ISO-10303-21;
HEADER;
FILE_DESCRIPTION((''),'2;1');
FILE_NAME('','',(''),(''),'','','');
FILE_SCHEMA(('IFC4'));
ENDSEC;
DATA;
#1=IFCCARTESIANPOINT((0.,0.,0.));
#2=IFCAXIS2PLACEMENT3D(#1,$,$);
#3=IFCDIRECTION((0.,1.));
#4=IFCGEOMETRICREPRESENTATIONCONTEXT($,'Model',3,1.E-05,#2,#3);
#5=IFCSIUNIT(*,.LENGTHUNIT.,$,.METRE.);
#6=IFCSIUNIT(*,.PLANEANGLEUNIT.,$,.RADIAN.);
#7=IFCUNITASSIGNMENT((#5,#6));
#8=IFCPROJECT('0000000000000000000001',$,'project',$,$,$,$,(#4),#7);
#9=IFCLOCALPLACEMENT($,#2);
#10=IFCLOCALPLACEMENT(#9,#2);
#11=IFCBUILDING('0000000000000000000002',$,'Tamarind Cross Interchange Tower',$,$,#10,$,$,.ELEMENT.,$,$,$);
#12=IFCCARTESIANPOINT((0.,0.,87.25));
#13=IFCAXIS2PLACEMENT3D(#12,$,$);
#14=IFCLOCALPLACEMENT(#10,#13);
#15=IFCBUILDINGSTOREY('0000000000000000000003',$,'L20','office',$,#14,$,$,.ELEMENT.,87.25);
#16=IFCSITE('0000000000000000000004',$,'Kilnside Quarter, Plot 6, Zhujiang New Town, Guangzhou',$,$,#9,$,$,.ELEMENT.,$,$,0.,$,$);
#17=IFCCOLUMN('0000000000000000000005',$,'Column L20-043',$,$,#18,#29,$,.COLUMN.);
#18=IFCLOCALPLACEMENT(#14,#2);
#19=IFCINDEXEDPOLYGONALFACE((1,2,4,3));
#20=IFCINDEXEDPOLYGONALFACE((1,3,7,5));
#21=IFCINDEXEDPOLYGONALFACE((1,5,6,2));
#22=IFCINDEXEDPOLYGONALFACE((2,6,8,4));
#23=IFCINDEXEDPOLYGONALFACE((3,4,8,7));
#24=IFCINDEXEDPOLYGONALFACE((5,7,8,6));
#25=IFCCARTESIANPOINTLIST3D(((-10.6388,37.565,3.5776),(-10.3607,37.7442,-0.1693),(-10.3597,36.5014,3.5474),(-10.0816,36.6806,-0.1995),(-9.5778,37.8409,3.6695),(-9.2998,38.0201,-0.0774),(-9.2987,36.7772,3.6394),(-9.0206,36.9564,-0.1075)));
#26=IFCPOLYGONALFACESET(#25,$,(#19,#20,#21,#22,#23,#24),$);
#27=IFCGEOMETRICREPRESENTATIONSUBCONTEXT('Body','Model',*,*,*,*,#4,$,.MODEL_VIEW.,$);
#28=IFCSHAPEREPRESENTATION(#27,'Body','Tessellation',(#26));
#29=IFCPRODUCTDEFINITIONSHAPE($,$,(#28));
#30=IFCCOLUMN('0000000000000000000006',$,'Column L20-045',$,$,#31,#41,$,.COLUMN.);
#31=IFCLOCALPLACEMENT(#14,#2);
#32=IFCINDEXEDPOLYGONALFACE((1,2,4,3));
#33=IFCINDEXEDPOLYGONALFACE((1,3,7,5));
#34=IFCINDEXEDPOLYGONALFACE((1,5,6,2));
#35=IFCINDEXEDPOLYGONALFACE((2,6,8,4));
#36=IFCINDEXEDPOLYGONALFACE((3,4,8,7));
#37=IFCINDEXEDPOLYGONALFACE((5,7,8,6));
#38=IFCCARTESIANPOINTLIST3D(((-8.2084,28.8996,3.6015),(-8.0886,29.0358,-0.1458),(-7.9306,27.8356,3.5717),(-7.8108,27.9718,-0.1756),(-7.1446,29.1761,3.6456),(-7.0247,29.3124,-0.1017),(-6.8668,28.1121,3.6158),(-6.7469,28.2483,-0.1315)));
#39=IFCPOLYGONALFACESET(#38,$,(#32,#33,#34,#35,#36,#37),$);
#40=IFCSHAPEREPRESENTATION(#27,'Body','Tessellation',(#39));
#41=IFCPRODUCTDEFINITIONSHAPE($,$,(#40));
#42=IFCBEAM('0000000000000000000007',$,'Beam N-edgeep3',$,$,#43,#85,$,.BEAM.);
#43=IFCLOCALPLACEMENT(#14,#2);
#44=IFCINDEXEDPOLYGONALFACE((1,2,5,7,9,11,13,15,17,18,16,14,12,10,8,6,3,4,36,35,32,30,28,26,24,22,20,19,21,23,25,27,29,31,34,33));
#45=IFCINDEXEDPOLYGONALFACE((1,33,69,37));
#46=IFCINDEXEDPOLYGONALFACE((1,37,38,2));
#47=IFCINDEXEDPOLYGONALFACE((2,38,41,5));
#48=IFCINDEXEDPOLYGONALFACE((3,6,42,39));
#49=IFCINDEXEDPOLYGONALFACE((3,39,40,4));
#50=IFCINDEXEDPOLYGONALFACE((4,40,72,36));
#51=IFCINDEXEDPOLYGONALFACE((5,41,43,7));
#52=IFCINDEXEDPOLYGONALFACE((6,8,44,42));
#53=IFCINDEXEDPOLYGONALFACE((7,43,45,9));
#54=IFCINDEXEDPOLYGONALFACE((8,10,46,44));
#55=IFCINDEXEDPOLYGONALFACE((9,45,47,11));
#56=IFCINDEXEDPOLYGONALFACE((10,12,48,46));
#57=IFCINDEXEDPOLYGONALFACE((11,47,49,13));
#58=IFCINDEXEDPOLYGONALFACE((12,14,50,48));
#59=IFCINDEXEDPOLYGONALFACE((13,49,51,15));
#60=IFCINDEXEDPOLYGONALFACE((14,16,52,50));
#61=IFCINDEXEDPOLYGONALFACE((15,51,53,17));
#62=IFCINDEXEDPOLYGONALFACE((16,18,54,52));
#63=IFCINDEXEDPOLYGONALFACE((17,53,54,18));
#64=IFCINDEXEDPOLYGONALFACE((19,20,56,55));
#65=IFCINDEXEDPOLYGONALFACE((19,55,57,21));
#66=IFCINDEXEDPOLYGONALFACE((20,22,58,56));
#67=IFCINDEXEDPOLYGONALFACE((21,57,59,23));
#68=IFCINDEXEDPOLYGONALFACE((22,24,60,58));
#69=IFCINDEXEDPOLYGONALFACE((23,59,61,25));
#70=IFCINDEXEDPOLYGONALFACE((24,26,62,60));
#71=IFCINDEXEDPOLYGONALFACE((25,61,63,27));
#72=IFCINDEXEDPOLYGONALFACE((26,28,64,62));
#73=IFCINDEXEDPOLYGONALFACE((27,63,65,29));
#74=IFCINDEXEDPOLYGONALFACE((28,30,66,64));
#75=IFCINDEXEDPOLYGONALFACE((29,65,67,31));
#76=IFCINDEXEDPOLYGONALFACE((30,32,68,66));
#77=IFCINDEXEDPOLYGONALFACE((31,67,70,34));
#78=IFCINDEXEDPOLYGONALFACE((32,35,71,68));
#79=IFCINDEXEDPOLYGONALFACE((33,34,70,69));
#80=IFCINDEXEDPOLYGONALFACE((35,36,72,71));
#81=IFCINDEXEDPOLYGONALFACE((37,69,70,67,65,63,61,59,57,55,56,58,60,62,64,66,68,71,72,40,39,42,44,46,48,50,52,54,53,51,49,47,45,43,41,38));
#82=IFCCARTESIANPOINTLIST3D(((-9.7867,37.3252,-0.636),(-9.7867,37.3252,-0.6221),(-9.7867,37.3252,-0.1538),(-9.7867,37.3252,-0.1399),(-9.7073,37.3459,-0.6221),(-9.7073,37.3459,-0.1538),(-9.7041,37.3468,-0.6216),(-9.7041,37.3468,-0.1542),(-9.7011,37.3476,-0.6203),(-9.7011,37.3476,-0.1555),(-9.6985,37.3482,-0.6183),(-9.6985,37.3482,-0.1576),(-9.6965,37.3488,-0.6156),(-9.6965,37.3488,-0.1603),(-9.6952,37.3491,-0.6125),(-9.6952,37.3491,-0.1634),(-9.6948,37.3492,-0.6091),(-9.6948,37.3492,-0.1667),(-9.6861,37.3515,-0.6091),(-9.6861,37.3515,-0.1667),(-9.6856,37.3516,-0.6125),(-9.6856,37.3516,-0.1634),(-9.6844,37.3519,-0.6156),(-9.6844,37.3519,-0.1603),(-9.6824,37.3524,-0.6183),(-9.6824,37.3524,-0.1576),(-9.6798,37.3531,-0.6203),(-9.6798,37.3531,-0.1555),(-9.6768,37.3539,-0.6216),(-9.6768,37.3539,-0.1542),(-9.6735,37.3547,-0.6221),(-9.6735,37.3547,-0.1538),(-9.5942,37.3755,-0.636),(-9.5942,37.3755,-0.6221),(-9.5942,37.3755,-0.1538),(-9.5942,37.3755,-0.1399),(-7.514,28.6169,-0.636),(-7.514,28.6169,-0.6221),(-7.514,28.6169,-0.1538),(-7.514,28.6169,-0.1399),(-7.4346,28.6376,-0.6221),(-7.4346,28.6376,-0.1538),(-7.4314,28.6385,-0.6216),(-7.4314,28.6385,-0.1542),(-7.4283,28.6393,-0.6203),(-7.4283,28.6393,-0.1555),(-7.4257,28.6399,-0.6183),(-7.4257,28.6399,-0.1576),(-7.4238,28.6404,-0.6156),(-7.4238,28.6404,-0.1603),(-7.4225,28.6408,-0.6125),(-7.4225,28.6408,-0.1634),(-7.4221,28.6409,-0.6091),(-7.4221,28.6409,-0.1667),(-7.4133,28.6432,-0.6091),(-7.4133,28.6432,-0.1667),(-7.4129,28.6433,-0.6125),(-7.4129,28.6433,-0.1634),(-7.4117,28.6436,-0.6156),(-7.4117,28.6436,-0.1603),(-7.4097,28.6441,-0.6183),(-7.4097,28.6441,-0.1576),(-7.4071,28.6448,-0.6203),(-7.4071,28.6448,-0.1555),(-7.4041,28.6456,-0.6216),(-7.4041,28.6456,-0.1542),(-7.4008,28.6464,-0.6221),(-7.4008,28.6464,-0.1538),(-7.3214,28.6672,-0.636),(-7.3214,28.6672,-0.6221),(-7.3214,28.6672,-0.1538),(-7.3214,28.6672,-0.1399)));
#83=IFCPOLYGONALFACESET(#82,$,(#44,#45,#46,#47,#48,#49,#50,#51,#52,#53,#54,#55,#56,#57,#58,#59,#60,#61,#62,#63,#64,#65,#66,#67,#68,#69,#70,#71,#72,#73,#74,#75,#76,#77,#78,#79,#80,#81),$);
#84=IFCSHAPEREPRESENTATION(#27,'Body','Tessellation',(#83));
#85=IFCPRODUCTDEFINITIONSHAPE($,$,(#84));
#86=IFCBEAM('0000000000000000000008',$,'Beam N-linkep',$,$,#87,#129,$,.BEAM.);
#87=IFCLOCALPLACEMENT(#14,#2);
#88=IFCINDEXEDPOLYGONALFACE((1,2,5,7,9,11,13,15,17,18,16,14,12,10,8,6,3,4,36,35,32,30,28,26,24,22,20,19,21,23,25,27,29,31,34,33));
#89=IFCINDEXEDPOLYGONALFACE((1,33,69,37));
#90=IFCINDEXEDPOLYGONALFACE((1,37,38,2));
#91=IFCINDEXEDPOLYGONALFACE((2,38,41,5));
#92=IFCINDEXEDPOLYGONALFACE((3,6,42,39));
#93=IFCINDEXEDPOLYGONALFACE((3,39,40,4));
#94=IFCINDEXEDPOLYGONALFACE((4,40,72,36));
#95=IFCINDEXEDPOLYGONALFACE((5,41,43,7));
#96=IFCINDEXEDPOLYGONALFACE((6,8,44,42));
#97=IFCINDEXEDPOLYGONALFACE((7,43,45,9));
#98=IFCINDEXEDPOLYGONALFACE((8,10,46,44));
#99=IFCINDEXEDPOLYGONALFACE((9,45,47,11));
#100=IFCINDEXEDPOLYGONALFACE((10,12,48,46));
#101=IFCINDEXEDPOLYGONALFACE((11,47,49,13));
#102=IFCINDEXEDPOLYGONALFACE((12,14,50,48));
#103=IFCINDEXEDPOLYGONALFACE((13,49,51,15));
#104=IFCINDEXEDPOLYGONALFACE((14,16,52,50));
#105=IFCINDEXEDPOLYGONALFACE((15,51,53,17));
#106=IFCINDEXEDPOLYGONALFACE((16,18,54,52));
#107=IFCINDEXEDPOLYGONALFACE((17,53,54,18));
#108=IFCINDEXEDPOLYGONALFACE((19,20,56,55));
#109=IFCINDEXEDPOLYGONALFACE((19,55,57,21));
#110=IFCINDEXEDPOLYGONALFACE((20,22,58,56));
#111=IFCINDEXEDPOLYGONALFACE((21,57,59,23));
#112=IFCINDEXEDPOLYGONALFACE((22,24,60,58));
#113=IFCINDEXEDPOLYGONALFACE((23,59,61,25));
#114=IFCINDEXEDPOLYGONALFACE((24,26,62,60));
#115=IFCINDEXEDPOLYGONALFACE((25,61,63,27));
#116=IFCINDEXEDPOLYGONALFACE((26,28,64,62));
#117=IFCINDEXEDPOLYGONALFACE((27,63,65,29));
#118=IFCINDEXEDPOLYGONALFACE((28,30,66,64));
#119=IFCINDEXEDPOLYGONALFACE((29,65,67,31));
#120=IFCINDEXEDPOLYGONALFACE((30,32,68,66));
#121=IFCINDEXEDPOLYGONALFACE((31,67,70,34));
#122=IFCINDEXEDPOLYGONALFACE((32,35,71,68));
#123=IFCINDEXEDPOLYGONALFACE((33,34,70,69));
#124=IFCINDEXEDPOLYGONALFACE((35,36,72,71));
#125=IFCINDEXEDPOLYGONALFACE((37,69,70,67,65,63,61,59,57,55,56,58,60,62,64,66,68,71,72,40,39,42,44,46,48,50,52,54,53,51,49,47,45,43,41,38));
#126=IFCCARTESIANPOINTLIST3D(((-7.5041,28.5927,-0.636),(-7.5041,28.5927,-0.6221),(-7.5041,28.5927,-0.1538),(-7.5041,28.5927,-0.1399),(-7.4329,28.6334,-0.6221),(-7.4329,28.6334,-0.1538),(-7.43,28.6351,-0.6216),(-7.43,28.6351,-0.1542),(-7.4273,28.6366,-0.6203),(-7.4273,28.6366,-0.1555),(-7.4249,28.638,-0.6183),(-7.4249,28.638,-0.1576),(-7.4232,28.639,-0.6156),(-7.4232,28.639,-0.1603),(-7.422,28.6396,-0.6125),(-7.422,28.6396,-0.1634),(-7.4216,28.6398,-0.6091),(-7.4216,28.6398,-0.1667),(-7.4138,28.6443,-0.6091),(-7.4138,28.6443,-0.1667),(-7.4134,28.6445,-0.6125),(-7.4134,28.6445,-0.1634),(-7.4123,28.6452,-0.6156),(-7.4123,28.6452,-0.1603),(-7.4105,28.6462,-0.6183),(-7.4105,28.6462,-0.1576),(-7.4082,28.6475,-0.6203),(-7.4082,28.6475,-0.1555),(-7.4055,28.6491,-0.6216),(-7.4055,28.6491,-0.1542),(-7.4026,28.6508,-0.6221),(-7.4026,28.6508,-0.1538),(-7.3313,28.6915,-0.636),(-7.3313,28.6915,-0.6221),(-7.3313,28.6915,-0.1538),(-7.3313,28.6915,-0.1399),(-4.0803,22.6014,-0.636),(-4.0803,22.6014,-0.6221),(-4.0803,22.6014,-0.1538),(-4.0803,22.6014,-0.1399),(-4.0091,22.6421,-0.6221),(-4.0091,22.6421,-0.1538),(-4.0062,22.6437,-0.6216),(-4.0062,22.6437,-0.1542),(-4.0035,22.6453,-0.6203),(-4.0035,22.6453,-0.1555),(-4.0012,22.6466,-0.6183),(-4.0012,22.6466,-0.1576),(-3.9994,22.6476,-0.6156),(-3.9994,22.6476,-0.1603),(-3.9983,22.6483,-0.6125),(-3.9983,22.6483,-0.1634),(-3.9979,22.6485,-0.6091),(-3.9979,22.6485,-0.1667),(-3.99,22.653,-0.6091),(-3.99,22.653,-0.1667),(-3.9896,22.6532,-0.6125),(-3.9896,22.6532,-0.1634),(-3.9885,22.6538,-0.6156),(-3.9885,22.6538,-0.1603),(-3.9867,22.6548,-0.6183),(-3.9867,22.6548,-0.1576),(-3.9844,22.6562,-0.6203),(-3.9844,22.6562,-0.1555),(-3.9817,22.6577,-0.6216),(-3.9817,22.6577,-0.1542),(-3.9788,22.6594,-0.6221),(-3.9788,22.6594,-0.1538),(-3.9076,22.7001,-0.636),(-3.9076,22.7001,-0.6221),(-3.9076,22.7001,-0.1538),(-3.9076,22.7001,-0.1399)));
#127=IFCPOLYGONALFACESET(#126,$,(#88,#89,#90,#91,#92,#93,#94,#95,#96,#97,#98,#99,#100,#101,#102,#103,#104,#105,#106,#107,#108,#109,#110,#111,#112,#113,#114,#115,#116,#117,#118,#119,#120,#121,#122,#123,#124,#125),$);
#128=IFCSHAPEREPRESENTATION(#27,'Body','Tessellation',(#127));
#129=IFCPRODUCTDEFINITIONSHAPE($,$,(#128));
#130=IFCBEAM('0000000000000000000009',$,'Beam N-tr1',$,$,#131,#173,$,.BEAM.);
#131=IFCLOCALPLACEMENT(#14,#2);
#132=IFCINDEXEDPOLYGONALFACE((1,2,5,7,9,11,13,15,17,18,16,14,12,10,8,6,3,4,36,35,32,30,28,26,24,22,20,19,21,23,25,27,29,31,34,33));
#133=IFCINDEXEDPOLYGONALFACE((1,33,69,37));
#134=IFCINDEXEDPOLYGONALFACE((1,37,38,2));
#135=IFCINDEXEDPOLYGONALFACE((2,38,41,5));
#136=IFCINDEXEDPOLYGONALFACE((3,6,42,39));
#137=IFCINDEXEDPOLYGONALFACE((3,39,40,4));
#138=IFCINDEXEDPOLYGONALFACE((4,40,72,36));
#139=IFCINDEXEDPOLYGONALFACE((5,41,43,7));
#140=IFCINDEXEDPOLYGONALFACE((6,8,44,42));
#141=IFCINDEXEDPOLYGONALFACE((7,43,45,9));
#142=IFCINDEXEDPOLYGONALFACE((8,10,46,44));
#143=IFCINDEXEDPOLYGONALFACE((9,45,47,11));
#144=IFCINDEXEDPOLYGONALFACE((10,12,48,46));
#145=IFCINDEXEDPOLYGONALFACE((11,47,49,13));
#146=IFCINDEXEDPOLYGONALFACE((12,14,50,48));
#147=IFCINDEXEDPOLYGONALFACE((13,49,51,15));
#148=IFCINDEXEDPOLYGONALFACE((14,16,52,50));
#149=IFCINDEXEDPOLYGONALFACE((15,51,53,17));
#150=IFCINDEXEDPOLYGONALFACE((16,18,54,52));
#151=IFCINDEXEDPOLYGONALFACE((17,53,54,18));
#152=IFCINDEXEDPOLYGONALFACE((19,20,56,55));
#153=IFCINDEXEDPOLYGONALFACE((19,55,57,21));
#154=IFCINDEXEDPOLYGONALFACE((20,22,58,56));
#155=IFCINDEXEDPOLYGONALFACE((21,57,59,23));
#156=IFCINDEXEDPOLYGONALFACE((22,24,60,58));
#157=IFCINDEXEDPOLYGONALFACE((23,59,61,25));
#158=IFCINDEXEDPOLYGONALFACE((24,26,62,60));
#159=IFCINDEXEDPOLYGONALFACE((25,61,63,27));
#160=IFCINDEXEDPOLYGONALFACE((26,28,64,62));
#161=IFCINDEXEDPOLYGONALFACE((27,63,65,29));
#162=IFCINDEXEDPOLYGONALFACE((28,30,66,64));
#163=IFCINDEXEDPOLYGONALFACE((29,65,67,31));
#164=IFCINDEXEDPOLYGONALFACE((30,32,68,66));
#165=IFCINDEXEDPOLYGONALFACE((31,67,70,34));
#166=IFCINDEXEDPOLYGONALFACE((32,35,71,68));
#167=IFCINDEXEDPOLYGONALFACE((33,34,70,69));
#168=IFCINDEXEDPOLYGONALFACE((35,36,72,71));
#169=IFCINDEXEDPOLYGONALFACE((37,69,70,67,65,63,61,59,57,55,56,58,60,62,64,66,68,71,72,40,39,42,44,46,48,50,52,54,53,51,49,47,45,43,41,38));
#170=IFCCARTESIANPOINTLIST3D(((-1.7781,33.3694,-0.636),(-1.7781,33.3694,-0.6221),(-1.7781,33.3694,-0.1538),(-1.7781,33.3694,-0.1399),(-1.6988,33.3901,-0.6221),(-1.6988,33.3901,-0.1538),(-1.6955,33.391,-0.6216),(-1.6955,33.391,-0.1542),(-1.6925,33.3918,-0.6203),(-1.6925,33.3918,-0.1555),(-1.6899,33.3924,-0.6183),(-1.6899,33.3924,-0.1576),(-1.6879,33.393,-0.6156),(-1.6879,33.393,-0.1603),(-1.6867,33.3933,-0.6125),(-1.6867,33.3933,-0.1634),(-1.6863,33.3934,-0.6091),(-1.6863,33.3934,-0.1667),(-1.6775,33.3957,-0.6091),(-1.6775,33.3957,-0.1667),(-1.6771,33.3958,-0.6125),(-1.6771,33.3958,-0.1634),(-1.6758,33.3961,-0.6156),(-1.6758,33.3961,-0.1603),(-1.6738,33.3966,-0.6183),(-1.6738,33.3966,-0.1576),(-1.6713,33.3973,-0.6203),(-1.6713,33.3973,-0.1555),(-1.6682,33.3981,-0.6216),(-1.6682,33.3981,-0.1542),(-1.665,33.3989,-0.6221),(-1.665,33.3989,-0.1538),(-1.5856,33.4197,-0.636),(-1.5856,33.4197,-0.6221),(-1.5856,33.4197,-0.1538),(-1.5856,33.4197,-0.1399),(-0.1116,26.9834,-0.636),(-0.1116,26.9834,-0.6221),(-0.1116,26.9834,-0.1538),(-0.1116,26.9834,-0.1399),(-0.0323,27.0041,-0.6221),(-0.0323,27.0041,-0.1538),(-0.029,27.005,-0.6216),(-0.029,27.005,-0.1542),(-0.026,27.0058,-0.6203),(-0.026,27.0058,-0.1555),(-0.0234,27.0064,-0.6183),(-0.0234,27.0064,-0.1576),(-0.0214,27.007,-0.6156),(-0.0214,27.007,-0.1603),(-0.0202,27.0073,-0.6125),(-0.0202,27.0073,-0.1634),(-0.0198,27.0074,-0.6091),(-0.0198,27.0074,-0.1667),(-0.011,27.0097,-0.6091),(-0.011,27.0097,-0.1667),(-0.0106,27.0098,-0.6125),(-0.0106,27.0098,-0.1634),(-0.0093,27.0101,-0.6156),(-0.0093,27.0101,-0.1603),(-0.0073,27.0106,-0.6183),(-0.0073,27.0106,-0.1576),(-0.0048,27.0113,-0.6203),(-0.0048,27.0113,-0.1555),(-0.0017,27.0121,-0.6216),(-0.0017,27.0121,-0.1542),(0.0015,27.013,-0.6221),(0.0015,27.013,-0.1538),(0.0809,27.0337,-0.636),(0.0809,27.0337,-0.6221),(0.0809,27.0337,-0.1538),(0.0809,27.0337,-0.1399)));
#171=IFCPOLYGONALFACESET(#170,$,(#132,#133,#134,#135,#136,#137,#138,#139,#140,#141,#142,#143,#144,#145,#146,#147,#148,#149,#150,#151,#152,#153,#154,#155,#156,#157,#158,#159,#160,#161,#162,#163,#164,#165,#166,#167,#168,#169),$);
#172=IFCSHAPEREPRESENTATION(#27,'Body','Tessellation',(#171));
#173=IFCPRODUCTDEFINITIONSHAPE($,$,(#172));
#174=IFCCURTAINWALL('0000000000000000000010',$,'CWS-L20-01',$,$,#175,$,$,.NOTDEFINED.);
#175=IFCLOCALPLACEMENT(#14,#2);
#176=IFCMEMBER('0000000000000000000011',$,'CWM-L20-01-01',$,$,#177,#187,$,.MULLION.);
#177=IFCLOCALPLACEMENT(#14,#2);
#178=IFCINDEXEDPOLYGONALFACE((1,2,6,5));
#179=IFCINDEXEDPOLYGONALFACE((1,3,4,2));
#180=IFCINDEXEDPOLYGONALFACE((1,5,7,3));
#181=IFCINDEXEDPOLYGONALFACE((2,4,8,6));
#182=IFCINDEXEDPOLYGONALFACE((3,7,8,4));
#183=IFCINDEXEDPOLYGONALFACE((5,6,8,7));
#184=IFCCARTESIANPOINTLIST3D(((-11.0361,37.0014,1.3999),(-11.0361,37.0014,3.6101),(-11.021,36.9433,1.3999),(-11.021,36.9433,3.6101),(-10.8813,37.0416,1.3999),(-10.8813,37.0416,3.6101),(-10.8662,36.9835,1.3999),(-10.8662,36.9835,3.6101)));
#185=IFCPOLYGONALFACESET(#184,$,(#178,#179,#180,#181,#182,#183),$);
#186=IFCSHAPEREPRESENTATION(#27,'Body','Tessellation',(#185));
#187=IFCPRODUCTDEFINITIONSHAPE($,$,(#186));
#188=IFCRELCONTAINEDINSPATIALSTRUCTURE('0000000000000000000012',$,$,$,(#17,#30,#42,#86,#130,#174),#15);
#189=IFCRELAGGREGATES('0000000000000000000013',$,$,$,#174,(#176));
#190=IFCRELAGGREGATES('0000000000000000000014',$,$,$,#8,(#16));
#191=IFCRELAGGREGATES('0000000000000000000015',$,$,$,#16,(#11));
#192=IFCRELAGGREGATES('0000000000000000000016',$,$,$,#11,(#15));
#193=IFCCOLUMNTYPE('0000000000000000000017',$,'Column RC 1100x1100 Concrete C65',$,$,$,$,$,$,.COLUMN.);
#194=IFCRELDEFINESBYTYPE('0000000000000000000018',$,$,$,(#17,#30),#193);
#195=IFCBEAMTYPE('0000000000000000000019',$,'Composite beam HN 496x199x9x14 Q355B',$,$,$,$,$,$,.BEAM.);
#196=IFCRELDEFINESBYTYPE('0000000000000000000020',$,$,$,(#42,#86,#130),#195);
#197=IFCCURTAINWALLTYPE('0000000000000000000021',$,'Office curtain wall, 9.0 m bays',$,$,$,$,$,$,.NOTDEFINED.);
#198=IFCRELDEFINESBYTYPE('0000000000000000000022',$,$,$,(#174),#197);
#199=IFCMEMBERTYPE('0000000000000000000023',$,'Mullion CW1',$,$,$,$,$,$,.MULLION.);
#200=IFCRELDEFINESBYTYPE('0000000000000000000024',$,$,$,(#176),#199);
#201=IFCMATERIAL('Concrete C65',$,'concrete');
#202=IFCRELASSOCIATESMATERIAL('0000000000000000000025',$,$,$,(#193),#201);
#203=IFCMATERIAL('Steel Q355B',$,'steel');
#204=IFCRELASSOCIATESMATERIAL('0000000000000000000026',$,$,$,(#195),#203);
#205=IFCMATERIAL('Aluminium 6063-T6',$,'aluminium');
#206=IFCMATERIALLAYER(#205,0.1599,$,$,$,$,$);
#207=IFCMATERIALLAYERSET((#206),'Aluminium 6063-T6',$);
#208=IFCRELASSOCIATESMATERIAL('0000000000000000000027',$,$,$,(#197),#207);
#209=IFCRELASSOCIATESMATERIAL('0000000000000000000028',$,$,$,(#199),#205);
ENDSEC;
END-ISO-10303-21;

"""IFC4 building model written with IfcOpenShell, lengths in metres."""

from ifc_helpers import new_model, si_unit, direction, frame, origin, origin_2d, place, context, subcontext, project, spatial, rectangle, i_section, extrude, material, layer, layer_set, material_profile, profile_set, type_object, element, aggregate, save


model = new_model("IFC4")

# Units and contexts
model_context = context("Model", 3, precision=1e-05, world=origin(), true_north=direction((0.0, 1.0)))
body_context = subcontext(model_context, "Body", "Model", "MODEL_VIEW")
ifc_project = project(units=[si_unit("LENGTHUNIT", "METRE"), si_unit("PLANEANGLEUNIT", "RADIAN")], contexts=[model_context])

# Site, building, storey
site_placement = place(None, origin())
site = spatial("IfcSite", under=ifc_project, at=site_placement, Name="Kilnside Quarter, Plot 6, Zhujiang New Town, Guangzhou", CompositionType="ELEMENT", RefElevation=0.0)
building_placement = place(site_placement, origin())
building = spatial("IfcBuilding", under=site, at=building_placement, Name="Tamarind Cross Interchange Tower", CompositionType="ELEMENT")
storey_placement = place(building_placement, frame((0.0, 0.0, 87.25)))
storey = spatial("IfcBuildingStorey", under=building, at=storey_placement, Name="L20", Description="office", CompositionType="ELEMENT", Elevation=87.25)

# Columns
ifc_material_1 = material(Name="Concrete C65", Category="concrete")
ifc_material_profile_1 = material_profile(ifc_material_1, rectangle(XDim=1.1001, YDim=1.1001, at=origin_2d()), Name="RC 1100x1100")
ifc_profile_set_1 = profile_set([ifc_material_profile_1], Name="Concrete C65")
column_type = type_object("IfcColumnType", Name="Column RC 1100x1100 Concrete C65", PredefinedType="COLUMN", material=ifc_profile_set_1)
column_1_placement = place(storey_placement, frame((-9.6907, 37.3503, -0.1384), z_axis=(-0.073929, -0.047642, 0.996125), x_axis=(0.964438, 0.250748, 0.08357)))
element("IfcColumn", 1, at=column_1_placement, inside=storey, type_object=column_type, Name="Column L20-043", PredefinedType="COLUMN", context=body_context, shape_type="SweptSolid", body=[
    extrude(rectangle(XDim=1.1001, YDim=1.1001, at=origin_2d()), origin(), (0.0, 0.0, 1.0), 3.7615),
])
column_2_placement = place(storey_placement, frame((-7.4177, 28.6421, -0.1387), z_axis=(-0.031952, -0.036312, 0.99883), x_axis=(0.967061, 0.25137, 0.040074)))
element("IfcColumn", 2, at=column_2_placement, inside=storey, type_object=column_type, Name="Column L20-045", PredefinedType="COLUMN", context=body_context, shape_type="SweptSolid", body=[
    extrude(rectangle(XDim=1.1001, YDim=1.1001, at=origin_2d()), origin(), (0.0, 0.0, 1.0), 3.7517),
])

# Beams
ifc_material_2 = material(Name="Steel Q355B", Category="steel")
ifc_material_profile_2 = material_profile(ifc_material_2, i_section(OverallWidth=0.199, OverallDepth=0.4961, WebThickness=0.009, FlangeThickness=0.0139, FilletRadius=0.0129, at=origin_2d()), Name="HN 496x199x9x14")
ifc_profile_set_2 = profile_set([ifc_material_profile_2], Name="Steel Q355B")
beam_type = type_object("IfcBeamType", Name="Composite beam HN 496x199x9x14 Q355B", PredefinedType="BEAM", material=ifc_profile_set_2)
beam_1_placement = place(storey_placement, frame((-9.6904, 37.3503, -0.3879), z_axis=(0.252525, -0.96759, 0.0), x_axis=(0.96759, 0.252525, 0.0)))
element("IfcBeam", 3, at=beam_1_placement, inside=storey, type_object=beam_type, Name="Beam N-edgeep3", PredefinedType="BEAM", context=body_context, shape_type="SweptSolid", body=[
    extrude(i_section(OverallWidth=0.199, OverallDepth=0.4961, WebThickness=0.009, FlangeThickness=0.0139, FilletRadius=0.0129, at=origin_2d()), origin(), (0.0, 0.0, 1.0), 9.0),
])
beam_2_placement = place(storey_placement, frame((-7.4177, 28.6421, -0.3879), z_axis=(0.496154, -0.868234, 0.0), x_axis=(0.868234, 0.496154, 0.0)))
element("IfcBeam", 4, at=beam_2_placement, inside=storey, type_object=beam_type, Name="Beam N-linkep", PredefinedType="BEAM", context=body_context, shape_type="SweptSolid", body=[
    extrude(i_section(OverallWidth=0.199, OverallDepth=0.4961, WebThickness=0.009, FlangeThickness=0.0139, FilletRadius=0.0129, at=origin_2d()), origin(), (0.0, 0.0, 1.0), 6.9006),
])
beam_3_placement = place(storey_placement, frame((-0.0154, 27.0085, -0.3879), z_axis=(-0.252506, 0.967595, 0.0), x_axis=(-0.967595, -0.252506, 0.0)))
element("IfcBeam", 5, at=beam_3_placement, inside=storey, type_object=beam_type, Name="Beam N-tr1", PredefinedType="BEAM", context=body_context, shape_type="SweptSolid", body=[
    extrude(i_section(OverallWidth=0.199, OverallDepth=0.4961, WebThickness=0.009, FlangeThickness=0.0139, FilletRadius=0.0129, at=origin_2d()), origin(), (0.0, 0.0, 1.0), 6.5999),
])

# Curtain wall, member
ifc_material_3 = material(Name="Aluminium 6063-T6", Category="aluminium")
ifc_layer_1 = layer(ifc_material_3, 0.1599)
ifc_layer_set_1 = layer_set([ifc_layer_1], Name="Aluminium 6063-T6")
curtain_wall_type = type_object("IfcCurtainWallType", Name="Office curtain wall, 9.0 m bays", PredefinedType="NOTDEFINED", material=ifc_layer_set_1)
curtain_wall_placement = place(storey_placement, origin())
curtain_wall = element("IfcCurtainWall", 6, at=curtain_wall_placement, inside=storey, type_object=curtain_wall_type, Name="CWS-L20-01", PredefinedType="NOTDEFINED")
ifc_material_profile_3 = material_profile(ifc_material_3, rectangle(XDim=0.0601, YDim=0.1599, at=origin_2d()), Name="Mullion CW1")
ifc_profile_set_3 = profile_set([ifc_material_profile_3], Name="Aluminium 6063-T6")
member_type = type_object("IfcMemberType", Name="Mullion CW1", PredefinedType="MULLION", material=ifc_profile_set_3)
member_1_placement = place(storey_placement, frame((-10.9512, 36.9924, 1.3999), z_axis=(0.0, 0.0, 1.0), x_axis=(0.251267, -0.967918, 0.0)))
member_1 = element("IfcMember", 7, at=member_1_placement, type_object=member_type, Name="CWM-L20-01-01", PredefinedType="MULLION", context=body_context, shape_type="SweptSolid", body=[
    extrude(rectangle(XDim=0.0601, YDim=0.1599, at=origin_2d()), origin(), (0.0, 0.0, 1.0), 2.2102),
])
aggregate(curtain_wall, [member_1])

save(model, "model.ifc")
